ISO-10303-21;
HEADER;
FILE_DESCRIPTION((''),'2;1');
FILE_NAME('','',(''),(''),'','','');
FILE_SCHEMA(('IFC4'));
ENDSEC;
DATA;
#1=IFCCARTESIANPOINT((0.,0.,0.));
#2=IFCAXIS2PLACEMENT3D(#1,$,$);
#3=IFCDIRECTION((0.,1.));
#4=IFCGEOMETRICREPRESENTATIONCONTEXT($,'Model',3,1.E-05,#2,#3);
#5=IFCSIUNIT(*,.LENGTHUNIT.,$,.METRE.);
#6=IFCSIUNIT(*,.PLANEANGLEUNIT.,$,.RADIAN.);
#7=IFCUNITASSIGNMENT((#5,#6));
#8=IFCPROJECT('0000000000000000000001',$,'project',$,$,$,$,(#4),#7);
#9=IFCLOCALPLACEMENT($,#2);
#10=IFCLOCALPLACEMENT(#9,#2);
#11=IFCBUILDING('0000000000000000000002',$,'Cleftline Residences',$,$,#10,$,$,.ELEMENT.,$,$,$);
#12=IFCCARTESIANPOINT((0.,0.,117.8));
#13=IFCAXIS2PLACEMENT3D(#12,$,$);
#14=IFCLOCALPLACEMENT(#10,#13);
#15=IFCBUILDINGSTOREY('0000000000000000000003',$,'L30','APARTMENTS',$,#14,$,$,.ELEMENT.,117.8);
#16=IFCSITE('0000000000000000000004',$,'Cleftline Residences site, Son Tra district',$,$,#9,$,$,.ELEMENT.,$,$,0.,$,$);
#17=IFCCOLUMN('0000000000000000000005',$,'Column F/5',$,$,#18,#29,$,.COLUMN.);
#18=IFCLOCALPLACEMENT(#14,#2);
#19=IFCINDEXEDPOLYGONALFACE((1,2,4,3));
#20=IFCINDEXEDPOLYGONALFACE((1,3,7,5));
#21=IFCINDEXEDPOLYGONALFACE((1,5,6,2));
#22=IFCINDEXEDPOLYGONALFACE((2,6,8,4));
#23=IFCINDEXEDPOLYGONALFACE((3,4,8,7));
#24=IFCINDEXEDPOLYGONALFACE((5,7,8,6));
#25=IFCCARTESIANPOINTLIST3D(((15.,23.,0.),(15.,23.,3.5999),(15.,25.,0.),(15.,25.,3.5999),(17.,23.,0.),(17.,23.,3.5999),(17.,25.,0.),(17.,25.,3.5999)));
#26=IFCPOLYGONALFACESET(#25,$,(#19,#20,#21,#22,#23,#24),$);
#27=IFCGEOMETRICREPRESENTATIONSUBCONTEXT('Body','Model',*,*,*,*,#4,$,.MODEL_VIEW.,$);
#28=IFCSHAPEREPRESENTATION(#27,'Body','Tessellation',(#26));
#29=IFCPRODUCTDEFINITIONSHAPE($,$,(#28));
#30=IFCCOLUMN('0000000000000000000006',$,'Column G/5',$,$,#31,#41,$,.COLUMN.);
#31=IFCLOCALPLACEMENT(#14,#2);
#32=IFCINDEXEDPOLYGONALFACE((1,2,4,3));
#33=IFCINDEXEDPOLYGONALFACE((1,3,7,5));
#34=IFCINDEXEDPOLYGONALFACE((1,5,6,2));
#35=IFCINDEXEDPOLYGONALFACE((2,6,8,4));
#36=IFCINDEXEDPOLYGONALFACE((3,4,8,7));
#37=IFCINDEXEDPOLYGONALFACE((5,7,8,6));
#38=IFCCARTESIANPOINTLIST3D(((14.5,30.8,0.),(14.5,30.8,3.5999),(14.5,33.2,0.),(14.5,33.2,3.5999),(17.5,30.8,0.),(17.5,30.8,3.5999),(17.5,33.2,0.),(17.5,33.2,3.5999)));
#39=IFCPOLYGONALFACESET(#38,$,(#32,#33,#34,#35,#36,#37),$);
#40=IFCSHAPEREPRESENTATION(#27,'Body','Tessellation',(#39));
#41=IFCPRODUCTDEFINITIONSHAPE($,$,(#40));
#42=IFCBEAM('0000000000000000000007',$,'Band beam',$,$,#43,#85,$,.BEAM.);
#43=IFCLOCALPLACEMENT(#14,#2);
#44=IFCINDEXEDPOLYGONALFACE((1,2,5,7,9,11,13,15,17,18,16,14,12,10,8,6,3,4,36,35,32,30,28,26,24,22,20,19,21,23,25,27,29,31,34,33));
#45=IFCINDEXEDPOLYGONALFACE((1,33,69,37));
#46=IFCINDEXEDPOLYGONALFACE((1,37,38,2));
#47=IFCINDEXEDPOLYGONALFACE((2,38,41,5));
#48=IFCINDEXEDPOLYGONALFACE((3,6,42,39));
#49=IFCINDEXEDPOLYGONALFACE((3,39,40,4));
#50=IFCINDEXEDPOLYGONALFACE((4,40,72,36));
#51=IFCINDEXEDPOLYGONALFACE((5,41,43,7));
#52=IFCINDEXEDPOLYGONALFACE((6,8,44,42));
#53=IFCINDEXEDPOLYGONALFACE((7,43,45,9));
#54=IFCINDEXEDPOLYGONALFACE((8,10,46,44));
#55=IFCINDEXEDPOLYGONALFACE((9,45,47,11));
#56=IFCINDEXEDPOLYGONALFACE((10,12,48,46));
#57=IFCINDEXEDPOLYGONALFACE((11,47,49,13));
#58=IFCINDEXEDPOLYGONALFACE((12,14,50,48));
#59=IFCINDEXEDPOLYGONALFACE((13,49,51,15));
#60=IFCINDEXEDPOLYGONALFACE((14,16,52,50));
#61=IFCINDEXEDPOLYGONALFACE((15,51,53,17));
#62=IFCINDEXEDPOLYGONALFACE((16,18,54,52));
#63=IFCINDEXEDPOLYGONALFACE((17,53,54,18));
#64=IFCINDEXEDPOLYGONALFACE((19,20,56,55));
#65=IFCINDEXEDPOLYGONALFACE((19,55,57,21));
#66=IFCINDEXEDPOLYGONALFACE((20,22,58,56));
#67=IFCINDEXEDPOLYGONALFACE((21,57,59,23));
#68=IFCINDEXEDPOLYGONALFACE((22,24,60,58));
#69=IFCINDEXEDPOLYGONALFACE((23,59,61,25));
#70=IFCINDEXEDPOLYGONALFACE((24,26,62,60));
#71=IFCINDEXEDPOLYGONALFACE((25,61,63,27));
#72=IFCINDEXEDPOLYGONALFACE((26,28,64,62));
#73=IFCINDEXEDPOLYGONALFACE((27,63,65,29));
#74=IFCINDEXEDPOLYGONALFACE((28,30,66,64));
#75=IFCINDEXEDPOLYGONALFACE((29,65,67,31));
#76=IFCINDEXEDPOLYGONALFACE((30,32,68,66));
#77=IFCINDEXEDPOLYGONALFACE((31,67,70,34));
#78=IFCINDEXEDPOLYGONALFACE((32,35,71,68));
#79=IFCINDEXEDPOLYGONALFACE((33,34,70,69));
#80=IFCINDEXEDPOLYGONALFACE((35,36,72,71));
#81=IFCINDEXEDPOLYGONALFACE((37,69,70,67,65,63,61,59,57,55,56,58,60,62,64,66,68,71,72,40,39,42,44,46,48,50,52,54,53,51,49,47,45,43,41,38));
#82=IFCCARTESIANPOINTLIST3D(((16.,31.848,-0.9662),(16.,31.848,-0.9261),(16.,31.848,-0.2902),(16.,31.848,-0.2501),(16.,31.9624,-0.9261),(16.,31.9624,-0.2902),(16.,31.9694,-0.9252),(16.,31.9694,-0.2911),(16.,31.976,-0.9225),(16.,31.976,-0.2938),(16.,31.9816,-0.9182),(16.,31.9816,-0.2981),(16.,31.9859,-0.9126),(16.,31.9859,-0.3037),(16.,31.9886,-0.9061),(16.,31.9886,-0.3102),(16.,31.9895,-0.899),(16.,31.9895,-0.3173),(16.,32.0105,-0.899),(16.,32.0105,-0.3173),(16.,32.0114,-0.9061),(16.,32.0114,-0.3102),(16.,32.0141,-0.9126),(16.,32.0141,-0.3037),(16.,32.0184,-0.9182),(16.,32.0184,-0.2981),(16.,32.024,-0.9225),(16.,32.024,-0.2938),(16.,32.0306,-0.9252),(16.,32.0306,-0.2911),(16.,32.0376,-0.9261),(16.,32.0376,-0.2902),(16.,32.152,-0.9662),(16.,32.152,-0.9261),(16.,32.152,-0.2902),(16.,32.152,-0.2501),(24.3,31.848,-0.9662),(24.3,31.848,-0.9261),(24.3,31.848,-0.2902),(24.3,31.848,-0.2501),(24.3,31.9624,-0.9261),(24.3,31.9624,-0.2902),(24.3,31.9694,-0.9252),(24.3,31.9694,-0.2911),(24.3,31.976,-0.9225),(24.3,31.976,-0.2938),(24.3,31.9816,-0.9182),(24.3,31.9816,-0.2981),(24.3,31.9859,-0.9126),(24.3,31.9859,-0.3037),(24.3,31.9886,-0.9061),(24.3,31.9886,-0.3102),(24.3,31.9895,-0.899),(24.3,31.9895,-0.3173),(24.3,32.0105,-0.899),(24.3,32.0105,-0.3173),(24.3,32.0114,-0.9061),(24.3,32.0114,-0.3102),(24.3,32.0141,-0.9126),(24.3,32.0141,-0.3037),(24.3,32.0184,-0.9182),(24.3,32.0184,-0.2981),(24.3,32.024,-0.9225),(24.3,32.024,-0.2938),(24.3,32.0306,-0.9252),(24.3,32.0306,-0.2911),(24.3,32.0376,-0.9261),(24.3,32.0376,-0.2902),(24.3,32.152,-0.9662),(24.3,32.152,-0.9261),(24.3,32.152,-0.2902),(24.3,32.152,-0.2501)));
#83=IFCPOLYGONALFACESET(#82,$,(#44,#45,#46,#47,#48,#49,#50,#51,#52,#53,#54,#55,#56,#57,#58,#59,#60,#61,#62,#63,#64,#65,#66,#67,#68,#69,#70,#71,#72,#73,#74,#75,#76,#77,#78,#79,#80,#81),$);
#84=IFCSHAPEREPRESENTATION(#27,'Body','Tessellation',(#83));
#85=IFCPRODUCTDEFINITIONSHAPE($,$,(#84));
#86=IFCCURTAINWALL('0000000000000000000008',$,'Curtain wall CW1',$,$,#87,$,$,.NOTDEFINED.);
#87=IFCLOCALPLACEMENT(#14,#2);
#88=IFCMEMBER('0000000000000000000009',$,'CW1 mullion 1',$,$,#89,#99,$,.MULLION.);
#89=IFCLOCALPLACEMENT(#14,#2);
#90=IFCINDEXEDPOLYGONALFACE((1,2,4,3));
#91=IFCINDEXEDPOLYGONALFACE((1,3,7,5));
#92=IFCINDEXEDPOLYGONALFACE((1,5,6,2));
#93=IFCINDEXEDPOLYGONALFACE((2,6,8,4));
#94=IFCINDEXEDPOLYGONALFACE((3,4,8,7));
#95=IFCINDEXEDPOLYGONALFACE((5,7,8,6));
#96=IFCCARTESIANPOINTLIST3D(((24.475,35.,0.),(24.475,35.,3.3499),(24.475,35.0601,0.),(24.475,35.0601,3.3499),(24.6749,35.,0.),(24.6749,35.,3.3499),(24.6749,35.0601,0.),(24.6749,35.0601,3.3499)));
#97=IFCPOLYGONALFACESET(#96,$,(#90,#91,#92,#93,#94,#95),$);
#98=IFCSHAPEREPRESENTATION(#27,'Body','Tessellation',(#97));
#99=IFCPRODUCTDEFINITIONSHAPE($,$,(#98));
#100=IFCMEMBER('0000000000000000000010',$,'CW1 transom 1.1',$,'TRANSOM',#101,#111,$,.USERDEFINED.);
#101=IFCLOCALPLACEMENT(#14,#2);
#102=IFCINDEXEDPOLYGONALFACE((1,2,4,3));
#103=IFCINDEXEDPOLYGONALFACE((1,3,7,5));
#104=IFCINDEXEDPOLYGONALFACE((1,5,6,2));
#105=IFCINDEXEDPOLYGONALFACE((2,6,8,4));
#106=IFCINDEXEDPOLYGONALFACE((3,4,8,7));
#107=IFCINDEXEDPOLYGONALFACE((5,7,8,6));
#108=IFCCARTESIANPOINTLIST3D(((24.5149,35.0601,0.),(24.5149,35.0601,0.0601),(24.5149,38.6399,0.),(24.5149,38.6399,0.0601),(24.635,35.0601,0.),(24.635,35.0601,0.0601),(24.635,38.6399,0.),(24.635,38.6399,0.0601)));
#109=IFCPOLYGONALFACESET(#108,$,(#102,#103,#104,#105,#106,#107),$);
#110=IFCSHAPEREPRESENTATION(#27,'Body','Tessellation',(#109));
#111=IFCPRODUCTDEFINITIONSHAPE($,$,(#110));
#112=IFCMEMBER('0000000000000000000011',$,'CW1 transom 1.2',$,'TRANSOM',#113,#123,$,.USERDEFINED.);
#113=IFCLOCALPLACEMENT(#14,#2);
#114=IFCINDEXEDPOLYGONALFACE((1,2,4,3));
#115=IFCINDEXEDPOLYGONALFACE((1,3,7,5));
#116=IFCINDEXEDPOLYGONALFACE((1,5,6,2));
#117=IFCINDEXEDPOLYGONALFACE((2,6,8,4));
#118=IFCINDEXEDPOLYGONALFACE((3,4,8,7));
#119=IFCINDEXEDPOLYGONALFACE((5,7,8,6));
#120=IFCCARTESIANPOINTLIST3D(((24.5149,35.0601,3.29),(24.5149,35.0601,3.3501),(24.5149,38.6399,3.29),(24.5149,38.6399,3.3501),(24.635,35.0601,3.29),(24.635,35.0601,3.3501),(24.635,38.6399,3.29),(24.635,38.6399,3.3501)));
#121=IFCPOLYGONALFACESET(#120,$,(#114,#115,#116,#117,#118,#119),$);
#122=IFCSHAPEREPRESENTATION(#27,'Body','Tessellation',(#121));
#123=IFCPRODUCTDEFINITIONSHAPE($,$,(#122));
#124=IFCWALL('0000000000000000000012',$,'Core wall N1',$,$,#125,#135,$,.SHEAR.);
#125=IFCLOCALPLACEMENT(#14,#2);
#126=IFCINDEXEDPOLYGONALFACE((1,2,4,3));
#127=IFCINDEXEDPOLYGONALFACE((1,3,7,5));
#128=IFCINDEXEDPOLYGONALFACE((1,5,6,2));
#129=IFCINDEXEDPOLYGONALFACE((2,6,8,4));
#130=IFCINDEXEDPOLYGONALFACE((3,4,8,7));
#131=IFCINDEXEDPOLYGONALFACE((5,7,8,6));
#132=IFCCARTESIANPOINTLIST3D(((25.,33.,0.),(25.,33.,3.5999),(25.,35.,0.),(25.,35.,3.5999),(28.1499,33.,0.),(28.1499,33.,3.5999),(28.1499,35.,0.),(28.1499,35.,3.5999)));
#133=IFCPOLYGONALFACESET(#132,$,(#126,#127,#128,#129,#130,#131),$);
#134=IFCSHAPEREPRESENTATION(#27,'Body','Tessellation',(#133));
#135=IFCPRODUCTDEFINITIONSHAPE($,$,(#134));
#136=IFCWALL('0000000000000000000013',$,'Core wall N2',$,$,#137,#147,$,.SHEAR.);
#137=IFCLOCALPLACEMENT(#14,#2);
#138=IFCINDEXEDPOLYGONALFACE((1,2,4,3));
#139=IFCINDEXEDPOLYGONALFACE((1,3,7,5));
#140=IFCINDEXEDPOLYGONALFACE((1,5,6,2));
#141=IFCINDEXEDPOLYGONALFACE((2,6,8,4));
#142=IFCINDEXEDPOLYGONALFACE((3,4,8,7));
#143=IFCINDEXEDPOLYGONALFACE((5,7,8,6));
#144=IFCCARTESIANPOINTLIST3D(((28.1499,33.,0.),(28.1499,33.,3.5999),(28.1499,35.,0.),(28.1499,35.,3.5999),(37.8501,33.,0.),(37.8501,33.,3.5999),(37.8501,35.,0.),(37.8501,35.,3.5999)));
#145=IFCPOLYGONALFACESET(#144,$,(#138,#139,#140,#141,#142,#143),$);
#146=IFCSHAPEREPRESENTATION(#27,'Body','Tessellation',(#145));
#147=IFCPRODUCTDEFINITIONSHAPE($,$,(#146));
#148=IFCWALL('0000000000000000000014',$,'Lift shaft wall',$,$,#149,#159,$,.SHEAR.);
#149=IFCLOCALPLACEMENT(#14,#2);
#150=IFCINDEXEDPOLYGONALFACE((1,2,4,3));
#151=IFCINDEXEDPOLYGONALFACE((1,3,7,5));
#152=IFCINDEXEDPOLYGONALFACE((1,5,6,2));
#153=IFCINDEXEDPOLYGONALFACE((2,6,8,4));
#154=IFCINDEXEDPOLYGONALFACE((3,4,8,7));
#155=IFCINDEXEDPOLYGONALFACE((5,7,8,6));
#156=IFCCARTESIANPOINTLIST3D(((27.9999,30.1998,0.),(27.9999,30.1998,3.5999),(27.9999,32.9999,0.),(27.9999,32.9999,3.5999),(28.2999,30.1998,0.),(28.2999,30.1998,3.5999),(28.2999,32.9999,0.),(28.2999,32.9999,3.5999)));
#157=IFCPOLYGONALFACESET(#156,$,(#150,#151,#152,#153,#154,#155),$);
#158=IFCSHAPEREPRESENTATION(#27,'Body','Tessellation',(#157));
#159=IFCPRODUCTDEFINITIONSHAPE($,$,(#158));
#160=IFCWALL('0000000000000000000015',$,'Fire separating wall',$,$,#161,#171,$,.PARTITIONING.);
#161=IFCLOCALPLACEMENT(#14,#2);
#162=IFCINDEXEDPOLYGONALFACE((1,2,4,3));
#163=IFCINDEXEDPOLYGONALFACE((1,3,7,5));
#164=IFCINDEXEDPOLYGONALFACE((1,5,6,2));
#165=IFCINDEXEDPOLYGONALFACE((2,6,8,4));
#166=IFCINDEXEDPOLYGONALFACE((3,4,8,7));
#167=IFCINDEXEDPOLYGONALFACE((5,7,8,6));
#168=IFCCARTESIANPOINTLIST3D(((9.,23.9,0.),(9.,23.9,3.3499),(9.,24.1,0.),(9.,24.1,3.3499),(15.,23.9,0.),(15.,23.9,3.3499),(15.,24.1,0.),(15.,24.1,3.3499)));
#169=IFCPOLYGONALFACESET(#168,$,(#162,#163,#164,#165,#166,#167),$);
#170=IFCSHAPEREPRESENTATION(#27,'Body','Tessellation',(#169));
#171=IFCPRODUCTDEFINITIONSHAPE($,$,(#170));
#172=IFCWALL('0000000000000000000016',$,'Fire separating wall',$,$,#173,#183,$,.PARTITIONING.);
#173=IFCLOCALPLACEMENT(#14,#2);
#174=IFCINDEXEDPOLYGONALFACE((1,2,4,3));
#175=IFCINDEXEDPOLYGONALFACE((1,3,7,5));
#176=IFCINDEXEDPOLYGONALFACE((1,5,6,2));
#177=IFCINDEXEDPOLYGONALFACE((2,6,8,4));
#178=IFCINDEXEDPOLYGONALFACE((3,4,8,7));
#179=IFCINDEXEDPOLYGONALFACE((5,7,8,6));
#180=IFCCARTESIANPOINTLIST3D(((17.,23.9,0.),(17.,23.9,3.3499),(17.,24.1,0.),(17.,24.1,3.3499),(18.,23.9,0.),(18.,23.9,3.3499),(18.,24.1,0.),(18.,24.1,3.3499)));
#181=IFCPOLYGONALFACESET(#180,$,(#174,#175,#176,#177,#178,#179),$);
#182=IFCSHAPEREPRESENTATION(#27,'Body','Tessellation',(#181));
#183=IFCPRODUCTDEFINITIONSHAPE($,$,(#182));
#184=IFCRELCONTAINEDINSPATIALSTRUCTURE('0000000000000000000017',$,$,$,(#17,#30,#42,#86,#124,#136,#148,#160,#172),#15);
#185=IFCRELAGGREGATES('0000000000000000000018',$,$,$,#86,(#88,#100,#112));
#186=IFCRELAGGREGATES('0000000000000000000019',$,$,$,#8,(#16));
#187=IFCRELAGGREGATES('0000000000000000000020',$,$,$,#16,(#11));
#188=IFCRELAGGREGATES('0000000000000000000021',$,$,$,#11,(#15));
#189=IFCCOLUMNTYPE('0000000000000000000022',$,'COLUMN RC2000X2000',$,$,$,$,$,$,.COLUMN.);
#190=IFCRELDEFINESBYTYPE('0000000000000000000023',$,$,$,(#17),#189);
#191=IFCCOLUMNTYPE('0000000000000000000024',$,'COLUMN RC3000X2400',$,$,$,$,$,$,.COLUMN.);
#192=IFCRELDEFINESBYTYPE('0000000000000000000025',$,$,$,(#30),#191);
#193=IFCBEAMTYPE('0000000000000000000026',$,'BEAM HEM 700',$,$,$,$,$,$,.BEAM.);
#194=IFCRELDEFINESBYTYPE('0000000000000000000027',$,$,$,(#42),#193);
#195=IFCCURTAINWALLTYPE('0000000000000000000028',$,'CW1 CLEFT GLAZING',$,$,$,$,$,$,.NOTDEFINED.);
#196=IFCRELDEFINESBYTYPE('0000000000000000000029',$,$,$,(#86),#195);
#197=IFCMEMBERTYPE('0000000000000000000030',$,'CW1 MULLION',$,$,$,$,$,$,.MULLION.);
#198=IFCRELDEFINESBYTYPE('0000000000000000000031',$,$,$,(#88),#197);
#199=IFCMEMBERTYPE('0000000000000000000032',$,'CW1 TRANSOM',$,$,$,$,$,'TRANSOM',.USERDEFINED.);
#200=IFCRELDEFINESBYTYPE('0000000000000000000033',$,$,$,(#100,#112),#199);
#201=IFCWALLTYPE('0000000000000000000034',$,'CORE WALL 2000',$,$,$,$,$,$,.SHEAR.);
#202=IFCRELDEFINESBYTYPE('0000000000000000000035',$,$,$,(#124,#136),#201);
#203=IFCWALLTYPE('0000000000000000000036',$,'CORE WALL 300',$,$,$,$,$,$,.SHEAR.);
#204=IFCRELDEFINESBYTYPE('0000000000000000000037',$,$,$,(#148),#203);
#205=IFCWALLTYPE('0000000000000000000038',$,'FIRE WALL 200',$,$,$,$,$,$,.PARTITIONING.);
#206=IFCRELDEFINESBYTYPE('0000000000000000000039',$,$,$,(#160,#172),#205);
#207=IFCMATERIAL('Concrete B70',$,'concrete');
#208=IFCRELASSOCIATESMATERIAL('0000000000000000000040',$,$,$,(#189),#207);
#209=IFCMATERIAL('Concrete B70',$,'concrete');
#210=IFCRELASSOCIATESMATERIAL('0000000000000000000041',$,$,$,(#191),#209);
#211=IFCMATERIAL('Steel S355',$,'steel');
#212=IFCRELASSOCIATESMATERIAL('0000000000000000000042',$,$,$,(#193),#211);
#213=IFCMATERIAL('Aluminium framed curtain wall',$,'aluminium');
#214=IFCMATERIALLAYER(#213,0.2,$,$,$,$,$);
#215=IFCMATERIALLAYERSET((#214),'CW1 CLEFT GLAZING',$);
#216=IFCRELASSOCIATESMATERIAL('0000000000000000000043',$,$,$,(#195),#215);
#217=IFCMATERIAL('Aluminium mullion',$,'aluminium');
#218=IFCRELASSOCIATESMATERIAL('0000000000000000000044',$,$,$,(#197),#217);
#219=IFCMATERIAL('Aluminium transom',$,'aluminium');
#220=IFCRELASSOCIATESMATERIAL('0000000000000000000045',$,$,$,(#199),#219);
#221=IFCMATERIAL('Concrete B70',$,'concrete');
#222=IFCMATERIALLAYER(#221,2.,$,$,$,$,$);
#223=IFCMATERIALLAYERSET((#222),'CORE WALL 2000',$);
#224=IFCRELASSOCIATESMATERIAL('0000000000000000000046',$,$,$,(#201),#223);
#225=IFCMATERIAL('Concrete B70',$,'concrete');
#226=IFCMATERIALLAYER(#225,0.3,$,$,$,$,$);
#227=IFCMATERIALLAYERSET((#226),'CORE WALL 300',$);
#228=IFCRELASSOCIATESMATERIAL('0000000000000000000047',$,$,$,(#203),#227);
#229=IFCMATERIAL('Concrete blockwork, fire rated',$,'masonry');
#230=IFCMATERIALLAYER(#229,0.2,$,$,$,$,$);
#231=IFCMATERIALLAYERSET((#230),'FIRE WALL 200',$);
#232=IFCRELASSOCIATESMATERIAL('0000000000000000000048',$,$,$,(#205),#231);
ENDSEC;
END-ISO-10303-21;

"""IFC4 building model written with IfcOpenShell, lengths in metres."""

from ifc_helpers import new_model, si_unit, direction, frame, frame_2d, origin, origin_2d, place, context, subcontext, project, spatial, rectangle, i_section, extrude, material, layer, layer_set, material_profile, profile_set, type_object, element, aggregate, save


model = new_model("IFC4")

# Units and contexts
model_context = context("Model", 3, precision=1e-05, world=origin(), true_north=direction((0.0, 1.0)))
body_context = subcontext(model_context, "Body", "Model", "MODEL_VIEW")
ifc_project = project(units=[si_unit("LENGTHUNIT", "METRE"), si_unit("PLANEANGLEUNIT", "RADIAN")], contexts=[model_context])

# Site, building, storey
site_placement = place(None, origin())
site = spatial("IfcSite", under=ifc_project, at=site_placement, Name="Cleftline Residences site, Son Tra district", CompositionType="ELEMENT", RefElevation=0.0)
building_placement = place(site_placement, origin())
building = spatial("IfcBuilding", under=site, at=building_placement, Name="Cleftline Residences", CompositionType="ELEMENT")
storey_placement = place(building_placement, frame((0.0, 0.0, 117.8)))
storey = spatial("IfcBuildingStorey", under=building, at=storey_placement, Name="L30", Description="APARTMENTS", CompositionType="ELEMENT", Elevation=117.8)

# Columns
ifc_material_1 = material(Name="Concrete B70", Category="concrete")
ifc_material_profile_1 = material_profile(ifc_material_1, rectangle(XDim=2.0, YDim=2.0, at=origin_2d()))
ifc_profile_set_1 = profile_set([ifc_material_profile_1], Name="Concrete B70")
column_type_1 = type_object("IfcColumnType", Name="COLUMN RC2000X2000", PredefinedType="COLUMN", material=ifc_profile_set_1)
column_1_placement = place(storey_placement, frame((16.0, 24.0, 0.0), z_axis=(0.0, 0.0, 1.0), x_axis=(1.0, 0.0, 0.0)))
element("IfcColumn", 1, at=column_1_placement, inside=storey, type_object=column_type_1, Name="Column F/5", PredefinedType="COLUMN", context=body_context, shape_type="SweptSolid", body=[
    extrude(rectangle(XDim=2.0, YDim=2.0, at=origin_2d()), origin(), (0.0, 0.0, 1.0), 3.5999),
])
ifc_material_2 = material(Name="Concrete B70", Category="concrete")
ifc_material_profile_2 = material_profile(ifc_material_2, rectangle(XDim=3.0, YDim=2.3999, at=origin_2d()))
ifc_profile_set_2 = profile_set([ifc_material_profile_2], Name="Concrete B70")
column_type_2 = type_object("IfcColumnType", Name="COLUMN RC3000X2400", PredefinedType="COLUMN", material=ifc_profile_set_2)
column_2_placement = place(storey_placement, frame((16.0, 32.0, 0.0), z_axis=(0.0, 0.0, 1.0), x_axis=(1.0, 0.0, 0.0)))
element("IfcColumn", 2, at=column_2_placement, inside=storey, type_object=column_type_2, Name="Column G/5", PredefinedType="COLUMN", context=body_context, shape_type="SweptSolid", body=[
    extrude(rectangle(XDim=3.0, YDim=2.3999, at=origin_2d()), origin(), (0.0, 0.0, 1.0), 3.5999),
])

# Beam
ifc_material_3 = material(Name="Steel S355", Category="steel")
ifc_material_profile_3 = material_profile(ifc_material_3, i_section(OverallWidth=0.304, OverallDepth=0.7161, WebThickness=0.021, FlangeThickness=0.04, FilletRadius=0.0271, at=origin_2d()))
ifc_profile_set_3 = profile_set([ifc_material_profile_3], Name="Steel S355")
beam_type = type_object("IfcBeamType", Name="BEAM HEM 700", PredefinedType="BEAM", material=ifc_profile_set_3)
beam_placement = place(storey_placement, frame((16.0, 32.0, -0.6082), z_axis=(1.0, 0.0, 0.0), x_axis=(0.0, 1.0, 0.0)))
element("IfcBeam", 3, at=beam_placement, inside=storey, type_object=beam_type, Name="Band beam", PredefinedType="BEAM", context=body_context, shape_type="SweptSolid", body=[
    extrude(i_section(OverallWidth=0.304, OverallDepth=0.7161, WebThickness=0.021, FlangeThickness=0.04, FilletRadius=0.0271, at=origin_2d()), origin(), (0.0, 0.0, 1.0), 8.3),
])

# Curtain wall, members
ifc_material_4 = material(Name="Aluminium framed curtain wall", Category="aluminium")
ifc_layer_1 = layer(ifc_material_4, 0.2)
ifc_layer_set_1 = layer_set([ifc_layer_1], Name="CW1 CLEFT GLAZING")
curtain_wall_type = type_object("IfcCurtainWallType", Name="CW1 CLEFT GLAZING", PredefinedType="NOTDEFINED", material=ifc_layer_set_1)
curtain_wall_placement = place(storey_placement, origin())
curtain_wall = element("IfcCurtainWall", 4, at=curtain_wall_placement, inside=storey, type_object=curtain_wall_type, Name="Curtain wall CW1", PredefinedType="NOTDEFINED")
ifc_material_5 = material(Name="Aluminium mullion", Category="aluminium")
ifc_material_profile_4 = material_profile(ifc_material_5, rectangle(XDim=0.2, YDim=0.0601, at=origin_2d()))
ifc_profile_set_4 = profile_set([ifc_material_profile_4], Name="Aluminium mullion")
member_type_1 = type_object("IfcMemberType", Name="CW1 MULLION", PredefinedType="MULLION", material=ifc_profile_set_4)
member_1_placement = place(storey_placement, frame((24.575, 35.03, 0.0), z_axis=(0.0, 0.0, 1.0), x_axis=(-1.0, 0.0, 0.0)))
member_1 = element("IfcMember", 5, at=member_1_placement, type_object=member_type_1, Name="CW1 mullion 1", PredefinedType="MULLION", context=body_context, shape_type="SweptSolid", body=[
    extrude(rectangle(XDim=0.2, YDim=0.0601, at=origin_2d()), origin(), (0.0, 0.0, 1.0), 3.3499),
])
ifc_material_6 = material(Name="Aluminium transom", Category="aluminium")
ifc_material_profile_5 = material_profile(ifc_material_6, rectangle(XDim=0.1201, YDim=0.0601, at=origin_2d()))
ifc_profile_set_5 = profile_set([ifc_material_profile_5], Name="Aluminium transom")
member_type_2 = type_object("IfcMemberType", Name="CW1 TRANSOM", ElementType="TRANSOM", PredefinedType="USERDEFINED", material=ifc_profile_set_5)
member_2_placement = place(storey_placement, frame((24.575, 35.0601, 0.03), z_axis=(0.0, 1.0, 0.0), x_axis=(-1.0, 0.0, 0.0)))
member_2 = element("IfcMember", 6, at=member_2_placement, type_object=member_type_2, Name="CW1 transom 1.1", ObjectType="TRANSOM", PredefinedType="USERDEFINED", context=body_context, shape_type="SweptSolid", body=[
    extrude(rectangle(XDim=0.1201, YDim=0.0601, at=origin_2d()), origin(), (0.0, 0.0, 1.0), 3.5798),
])
member_3_placement = place(storey_placement, frame((24.575, 35.0601, 3.3201), z_axis=(0.0, 1.0, 0.0), x_axis=(-1.0, 0.0, 0.0)))
member_3 = element("IfcMember", 7, at=member_3_placement, type_object=member_type_2, Name="CW1 transom 1.2", ObjectType="TRANSOM", PredefinedType="USERDEFINED", context=body_context, shape_type="SweptSolid", body=[
    extrude(rectangle(XDim=0.1201, YDim=0.0601, at=origin_2d()), origin(), (0.0, 0.0, 1.0), 3.5798),
])
aggregate(curtain_wall, [member_1, member_2, member_3])

# Walls
ifc_material_7 = material(Name="Concrete B70", Category="concrete")
ifc_layer_2 = layer(ifc_material_7, 2.0)
ifc_layer_set_2 = layer_set([ifc_layer_2], Name="CORE WALL 2000")
wall_type_1 = type_object("IfcWallType", Name="CORE WALL 2000", PredefinedType="SHEAR", material=ifc_layer_set_2)
wall_1_placement = place(storey_placement, frame((25.0, 34.0, 0.0), z_axis=(0.0, 0.0, 1.0), x_axis=(1.0, 0.0, 0.0)))
element("IfcWall", 8, at=wall_1_placement, inside=storey, type_object=wall_type_1, Name="Core wall N1", PredefinedType="SHEAR", context=body_context, shape_type="SweptSolid", body=[
    extrude(rectangle(XDim=3.1499, YDim=2.0, at=frame_2d((1.575, 0.0))), origin(), (0.0, 0.0, 1.0), 3.5999),
])
wall_2_placement = place(storey_placement, frame((28.1499, 34.0, 0.0), z_axis=(0.0, 0.0, 1.0), x_axis=(1.0, 0.0, 0.0)))
element("IfcWall", 9, at=wall_2_placement, inside=storey, type_object=wall_type_1, Name="Core wall N2", PredefinedType="SHEAR", context=body_context, shape_type="SweptSolid", body=[
    extrude(rectangle(XDim=9.7002, YDim=2.0, at=frame_2d((4.8501, 0.0))), origin(), (0.0, 0.0, 1.0), 3.5999),
])
ifc_material_8 = material(Name="Concrete B70", Category="concrete")
ifc_layer_3 = layer(ifc_material_8, 0.3)
ifc_layer_set_3 = layer_set([ifc_layer_3], Name="CORE WALL 300")
wall_type_2 = type_object("IfcWallType", Name="CORE WALL 300", PredefinedType="SHEAR", material=ifc_layer_set_3)
wall_3_placement = place(storey_placement, frame((28.1499, 30.2, 0.0), z_axis=(0.0, 0.0, 1.0), x_axis=(0.0, 1.0, 0.0)))
element("IfcWall", 10, at=wall_3_placement, inside=storey, type_object=wall_type_2, Name="Lift shaft wall", PredefinedType="SHEAR", context=body_context, shape_type="SweptSolid", body=[
    extrude(rectangle(XDim=2.8, YDim=0.3, at=frame_2d((1.3999, 0.0))), origin(), (0.0, 0.0, 1.0), 3.5999),
])
ifc_material_9 = material(Name="Concrete blockwork, fire rated", Category="masonry")
ifc_layer_4 = layer(ifc_material_9, 0.2)
ifc_layer_set_4 = layer_set([ifc_layer_4], Name="FIRE WALL 200")
wall_type_3 = type_object("IfcWallType", Name="FIRE WALL 200", PredefinedType="PARTITIONING", material=ifc_layer_set_4)
wall_4_placement = place(storey_placement, frame((9.0, 24.0, 0.0), z_axis=(0.0, 0.0, 1.0), x_axis=(1.0, 0.0, 0.0)))
element("IfcWall", 11, at=wall_4_placement, inside=storey, type_object=wall_type_3, Name="Fire separating wall", PredefinedType="PARTITIONING", context=body_context, shape_type="SweptSolid", body=[
    extrude(rectangle(XDim=6.0, YDim=0.2, at=frame_2d((3.0, 0.0))), origin(), (0.0, 0.0, 1.0), 3.3499),
])
wall_5_placement = place(storey_placement, frame((17.0, 24.0, 0.0), z_axis=(0.0, 0.0, 1.0), x_axis=(1.0, 0.0, 0.0)))
element("IfcWall", 12, at=wall_5_placement, inside=storey, type_object=wall_type_3, Name="Fire separating wall", PredefinedType="PARTITIONING", context=body_context, shape_type="SweptSolid", body=[
    extrude(rectangle(XDim=1.0, YDim=0.2, at=frame_2d((0.5, 0.0))), origin(), (0.0, 0.0, 1.0), 3.3499),
])

save(model, "model.ifc")
